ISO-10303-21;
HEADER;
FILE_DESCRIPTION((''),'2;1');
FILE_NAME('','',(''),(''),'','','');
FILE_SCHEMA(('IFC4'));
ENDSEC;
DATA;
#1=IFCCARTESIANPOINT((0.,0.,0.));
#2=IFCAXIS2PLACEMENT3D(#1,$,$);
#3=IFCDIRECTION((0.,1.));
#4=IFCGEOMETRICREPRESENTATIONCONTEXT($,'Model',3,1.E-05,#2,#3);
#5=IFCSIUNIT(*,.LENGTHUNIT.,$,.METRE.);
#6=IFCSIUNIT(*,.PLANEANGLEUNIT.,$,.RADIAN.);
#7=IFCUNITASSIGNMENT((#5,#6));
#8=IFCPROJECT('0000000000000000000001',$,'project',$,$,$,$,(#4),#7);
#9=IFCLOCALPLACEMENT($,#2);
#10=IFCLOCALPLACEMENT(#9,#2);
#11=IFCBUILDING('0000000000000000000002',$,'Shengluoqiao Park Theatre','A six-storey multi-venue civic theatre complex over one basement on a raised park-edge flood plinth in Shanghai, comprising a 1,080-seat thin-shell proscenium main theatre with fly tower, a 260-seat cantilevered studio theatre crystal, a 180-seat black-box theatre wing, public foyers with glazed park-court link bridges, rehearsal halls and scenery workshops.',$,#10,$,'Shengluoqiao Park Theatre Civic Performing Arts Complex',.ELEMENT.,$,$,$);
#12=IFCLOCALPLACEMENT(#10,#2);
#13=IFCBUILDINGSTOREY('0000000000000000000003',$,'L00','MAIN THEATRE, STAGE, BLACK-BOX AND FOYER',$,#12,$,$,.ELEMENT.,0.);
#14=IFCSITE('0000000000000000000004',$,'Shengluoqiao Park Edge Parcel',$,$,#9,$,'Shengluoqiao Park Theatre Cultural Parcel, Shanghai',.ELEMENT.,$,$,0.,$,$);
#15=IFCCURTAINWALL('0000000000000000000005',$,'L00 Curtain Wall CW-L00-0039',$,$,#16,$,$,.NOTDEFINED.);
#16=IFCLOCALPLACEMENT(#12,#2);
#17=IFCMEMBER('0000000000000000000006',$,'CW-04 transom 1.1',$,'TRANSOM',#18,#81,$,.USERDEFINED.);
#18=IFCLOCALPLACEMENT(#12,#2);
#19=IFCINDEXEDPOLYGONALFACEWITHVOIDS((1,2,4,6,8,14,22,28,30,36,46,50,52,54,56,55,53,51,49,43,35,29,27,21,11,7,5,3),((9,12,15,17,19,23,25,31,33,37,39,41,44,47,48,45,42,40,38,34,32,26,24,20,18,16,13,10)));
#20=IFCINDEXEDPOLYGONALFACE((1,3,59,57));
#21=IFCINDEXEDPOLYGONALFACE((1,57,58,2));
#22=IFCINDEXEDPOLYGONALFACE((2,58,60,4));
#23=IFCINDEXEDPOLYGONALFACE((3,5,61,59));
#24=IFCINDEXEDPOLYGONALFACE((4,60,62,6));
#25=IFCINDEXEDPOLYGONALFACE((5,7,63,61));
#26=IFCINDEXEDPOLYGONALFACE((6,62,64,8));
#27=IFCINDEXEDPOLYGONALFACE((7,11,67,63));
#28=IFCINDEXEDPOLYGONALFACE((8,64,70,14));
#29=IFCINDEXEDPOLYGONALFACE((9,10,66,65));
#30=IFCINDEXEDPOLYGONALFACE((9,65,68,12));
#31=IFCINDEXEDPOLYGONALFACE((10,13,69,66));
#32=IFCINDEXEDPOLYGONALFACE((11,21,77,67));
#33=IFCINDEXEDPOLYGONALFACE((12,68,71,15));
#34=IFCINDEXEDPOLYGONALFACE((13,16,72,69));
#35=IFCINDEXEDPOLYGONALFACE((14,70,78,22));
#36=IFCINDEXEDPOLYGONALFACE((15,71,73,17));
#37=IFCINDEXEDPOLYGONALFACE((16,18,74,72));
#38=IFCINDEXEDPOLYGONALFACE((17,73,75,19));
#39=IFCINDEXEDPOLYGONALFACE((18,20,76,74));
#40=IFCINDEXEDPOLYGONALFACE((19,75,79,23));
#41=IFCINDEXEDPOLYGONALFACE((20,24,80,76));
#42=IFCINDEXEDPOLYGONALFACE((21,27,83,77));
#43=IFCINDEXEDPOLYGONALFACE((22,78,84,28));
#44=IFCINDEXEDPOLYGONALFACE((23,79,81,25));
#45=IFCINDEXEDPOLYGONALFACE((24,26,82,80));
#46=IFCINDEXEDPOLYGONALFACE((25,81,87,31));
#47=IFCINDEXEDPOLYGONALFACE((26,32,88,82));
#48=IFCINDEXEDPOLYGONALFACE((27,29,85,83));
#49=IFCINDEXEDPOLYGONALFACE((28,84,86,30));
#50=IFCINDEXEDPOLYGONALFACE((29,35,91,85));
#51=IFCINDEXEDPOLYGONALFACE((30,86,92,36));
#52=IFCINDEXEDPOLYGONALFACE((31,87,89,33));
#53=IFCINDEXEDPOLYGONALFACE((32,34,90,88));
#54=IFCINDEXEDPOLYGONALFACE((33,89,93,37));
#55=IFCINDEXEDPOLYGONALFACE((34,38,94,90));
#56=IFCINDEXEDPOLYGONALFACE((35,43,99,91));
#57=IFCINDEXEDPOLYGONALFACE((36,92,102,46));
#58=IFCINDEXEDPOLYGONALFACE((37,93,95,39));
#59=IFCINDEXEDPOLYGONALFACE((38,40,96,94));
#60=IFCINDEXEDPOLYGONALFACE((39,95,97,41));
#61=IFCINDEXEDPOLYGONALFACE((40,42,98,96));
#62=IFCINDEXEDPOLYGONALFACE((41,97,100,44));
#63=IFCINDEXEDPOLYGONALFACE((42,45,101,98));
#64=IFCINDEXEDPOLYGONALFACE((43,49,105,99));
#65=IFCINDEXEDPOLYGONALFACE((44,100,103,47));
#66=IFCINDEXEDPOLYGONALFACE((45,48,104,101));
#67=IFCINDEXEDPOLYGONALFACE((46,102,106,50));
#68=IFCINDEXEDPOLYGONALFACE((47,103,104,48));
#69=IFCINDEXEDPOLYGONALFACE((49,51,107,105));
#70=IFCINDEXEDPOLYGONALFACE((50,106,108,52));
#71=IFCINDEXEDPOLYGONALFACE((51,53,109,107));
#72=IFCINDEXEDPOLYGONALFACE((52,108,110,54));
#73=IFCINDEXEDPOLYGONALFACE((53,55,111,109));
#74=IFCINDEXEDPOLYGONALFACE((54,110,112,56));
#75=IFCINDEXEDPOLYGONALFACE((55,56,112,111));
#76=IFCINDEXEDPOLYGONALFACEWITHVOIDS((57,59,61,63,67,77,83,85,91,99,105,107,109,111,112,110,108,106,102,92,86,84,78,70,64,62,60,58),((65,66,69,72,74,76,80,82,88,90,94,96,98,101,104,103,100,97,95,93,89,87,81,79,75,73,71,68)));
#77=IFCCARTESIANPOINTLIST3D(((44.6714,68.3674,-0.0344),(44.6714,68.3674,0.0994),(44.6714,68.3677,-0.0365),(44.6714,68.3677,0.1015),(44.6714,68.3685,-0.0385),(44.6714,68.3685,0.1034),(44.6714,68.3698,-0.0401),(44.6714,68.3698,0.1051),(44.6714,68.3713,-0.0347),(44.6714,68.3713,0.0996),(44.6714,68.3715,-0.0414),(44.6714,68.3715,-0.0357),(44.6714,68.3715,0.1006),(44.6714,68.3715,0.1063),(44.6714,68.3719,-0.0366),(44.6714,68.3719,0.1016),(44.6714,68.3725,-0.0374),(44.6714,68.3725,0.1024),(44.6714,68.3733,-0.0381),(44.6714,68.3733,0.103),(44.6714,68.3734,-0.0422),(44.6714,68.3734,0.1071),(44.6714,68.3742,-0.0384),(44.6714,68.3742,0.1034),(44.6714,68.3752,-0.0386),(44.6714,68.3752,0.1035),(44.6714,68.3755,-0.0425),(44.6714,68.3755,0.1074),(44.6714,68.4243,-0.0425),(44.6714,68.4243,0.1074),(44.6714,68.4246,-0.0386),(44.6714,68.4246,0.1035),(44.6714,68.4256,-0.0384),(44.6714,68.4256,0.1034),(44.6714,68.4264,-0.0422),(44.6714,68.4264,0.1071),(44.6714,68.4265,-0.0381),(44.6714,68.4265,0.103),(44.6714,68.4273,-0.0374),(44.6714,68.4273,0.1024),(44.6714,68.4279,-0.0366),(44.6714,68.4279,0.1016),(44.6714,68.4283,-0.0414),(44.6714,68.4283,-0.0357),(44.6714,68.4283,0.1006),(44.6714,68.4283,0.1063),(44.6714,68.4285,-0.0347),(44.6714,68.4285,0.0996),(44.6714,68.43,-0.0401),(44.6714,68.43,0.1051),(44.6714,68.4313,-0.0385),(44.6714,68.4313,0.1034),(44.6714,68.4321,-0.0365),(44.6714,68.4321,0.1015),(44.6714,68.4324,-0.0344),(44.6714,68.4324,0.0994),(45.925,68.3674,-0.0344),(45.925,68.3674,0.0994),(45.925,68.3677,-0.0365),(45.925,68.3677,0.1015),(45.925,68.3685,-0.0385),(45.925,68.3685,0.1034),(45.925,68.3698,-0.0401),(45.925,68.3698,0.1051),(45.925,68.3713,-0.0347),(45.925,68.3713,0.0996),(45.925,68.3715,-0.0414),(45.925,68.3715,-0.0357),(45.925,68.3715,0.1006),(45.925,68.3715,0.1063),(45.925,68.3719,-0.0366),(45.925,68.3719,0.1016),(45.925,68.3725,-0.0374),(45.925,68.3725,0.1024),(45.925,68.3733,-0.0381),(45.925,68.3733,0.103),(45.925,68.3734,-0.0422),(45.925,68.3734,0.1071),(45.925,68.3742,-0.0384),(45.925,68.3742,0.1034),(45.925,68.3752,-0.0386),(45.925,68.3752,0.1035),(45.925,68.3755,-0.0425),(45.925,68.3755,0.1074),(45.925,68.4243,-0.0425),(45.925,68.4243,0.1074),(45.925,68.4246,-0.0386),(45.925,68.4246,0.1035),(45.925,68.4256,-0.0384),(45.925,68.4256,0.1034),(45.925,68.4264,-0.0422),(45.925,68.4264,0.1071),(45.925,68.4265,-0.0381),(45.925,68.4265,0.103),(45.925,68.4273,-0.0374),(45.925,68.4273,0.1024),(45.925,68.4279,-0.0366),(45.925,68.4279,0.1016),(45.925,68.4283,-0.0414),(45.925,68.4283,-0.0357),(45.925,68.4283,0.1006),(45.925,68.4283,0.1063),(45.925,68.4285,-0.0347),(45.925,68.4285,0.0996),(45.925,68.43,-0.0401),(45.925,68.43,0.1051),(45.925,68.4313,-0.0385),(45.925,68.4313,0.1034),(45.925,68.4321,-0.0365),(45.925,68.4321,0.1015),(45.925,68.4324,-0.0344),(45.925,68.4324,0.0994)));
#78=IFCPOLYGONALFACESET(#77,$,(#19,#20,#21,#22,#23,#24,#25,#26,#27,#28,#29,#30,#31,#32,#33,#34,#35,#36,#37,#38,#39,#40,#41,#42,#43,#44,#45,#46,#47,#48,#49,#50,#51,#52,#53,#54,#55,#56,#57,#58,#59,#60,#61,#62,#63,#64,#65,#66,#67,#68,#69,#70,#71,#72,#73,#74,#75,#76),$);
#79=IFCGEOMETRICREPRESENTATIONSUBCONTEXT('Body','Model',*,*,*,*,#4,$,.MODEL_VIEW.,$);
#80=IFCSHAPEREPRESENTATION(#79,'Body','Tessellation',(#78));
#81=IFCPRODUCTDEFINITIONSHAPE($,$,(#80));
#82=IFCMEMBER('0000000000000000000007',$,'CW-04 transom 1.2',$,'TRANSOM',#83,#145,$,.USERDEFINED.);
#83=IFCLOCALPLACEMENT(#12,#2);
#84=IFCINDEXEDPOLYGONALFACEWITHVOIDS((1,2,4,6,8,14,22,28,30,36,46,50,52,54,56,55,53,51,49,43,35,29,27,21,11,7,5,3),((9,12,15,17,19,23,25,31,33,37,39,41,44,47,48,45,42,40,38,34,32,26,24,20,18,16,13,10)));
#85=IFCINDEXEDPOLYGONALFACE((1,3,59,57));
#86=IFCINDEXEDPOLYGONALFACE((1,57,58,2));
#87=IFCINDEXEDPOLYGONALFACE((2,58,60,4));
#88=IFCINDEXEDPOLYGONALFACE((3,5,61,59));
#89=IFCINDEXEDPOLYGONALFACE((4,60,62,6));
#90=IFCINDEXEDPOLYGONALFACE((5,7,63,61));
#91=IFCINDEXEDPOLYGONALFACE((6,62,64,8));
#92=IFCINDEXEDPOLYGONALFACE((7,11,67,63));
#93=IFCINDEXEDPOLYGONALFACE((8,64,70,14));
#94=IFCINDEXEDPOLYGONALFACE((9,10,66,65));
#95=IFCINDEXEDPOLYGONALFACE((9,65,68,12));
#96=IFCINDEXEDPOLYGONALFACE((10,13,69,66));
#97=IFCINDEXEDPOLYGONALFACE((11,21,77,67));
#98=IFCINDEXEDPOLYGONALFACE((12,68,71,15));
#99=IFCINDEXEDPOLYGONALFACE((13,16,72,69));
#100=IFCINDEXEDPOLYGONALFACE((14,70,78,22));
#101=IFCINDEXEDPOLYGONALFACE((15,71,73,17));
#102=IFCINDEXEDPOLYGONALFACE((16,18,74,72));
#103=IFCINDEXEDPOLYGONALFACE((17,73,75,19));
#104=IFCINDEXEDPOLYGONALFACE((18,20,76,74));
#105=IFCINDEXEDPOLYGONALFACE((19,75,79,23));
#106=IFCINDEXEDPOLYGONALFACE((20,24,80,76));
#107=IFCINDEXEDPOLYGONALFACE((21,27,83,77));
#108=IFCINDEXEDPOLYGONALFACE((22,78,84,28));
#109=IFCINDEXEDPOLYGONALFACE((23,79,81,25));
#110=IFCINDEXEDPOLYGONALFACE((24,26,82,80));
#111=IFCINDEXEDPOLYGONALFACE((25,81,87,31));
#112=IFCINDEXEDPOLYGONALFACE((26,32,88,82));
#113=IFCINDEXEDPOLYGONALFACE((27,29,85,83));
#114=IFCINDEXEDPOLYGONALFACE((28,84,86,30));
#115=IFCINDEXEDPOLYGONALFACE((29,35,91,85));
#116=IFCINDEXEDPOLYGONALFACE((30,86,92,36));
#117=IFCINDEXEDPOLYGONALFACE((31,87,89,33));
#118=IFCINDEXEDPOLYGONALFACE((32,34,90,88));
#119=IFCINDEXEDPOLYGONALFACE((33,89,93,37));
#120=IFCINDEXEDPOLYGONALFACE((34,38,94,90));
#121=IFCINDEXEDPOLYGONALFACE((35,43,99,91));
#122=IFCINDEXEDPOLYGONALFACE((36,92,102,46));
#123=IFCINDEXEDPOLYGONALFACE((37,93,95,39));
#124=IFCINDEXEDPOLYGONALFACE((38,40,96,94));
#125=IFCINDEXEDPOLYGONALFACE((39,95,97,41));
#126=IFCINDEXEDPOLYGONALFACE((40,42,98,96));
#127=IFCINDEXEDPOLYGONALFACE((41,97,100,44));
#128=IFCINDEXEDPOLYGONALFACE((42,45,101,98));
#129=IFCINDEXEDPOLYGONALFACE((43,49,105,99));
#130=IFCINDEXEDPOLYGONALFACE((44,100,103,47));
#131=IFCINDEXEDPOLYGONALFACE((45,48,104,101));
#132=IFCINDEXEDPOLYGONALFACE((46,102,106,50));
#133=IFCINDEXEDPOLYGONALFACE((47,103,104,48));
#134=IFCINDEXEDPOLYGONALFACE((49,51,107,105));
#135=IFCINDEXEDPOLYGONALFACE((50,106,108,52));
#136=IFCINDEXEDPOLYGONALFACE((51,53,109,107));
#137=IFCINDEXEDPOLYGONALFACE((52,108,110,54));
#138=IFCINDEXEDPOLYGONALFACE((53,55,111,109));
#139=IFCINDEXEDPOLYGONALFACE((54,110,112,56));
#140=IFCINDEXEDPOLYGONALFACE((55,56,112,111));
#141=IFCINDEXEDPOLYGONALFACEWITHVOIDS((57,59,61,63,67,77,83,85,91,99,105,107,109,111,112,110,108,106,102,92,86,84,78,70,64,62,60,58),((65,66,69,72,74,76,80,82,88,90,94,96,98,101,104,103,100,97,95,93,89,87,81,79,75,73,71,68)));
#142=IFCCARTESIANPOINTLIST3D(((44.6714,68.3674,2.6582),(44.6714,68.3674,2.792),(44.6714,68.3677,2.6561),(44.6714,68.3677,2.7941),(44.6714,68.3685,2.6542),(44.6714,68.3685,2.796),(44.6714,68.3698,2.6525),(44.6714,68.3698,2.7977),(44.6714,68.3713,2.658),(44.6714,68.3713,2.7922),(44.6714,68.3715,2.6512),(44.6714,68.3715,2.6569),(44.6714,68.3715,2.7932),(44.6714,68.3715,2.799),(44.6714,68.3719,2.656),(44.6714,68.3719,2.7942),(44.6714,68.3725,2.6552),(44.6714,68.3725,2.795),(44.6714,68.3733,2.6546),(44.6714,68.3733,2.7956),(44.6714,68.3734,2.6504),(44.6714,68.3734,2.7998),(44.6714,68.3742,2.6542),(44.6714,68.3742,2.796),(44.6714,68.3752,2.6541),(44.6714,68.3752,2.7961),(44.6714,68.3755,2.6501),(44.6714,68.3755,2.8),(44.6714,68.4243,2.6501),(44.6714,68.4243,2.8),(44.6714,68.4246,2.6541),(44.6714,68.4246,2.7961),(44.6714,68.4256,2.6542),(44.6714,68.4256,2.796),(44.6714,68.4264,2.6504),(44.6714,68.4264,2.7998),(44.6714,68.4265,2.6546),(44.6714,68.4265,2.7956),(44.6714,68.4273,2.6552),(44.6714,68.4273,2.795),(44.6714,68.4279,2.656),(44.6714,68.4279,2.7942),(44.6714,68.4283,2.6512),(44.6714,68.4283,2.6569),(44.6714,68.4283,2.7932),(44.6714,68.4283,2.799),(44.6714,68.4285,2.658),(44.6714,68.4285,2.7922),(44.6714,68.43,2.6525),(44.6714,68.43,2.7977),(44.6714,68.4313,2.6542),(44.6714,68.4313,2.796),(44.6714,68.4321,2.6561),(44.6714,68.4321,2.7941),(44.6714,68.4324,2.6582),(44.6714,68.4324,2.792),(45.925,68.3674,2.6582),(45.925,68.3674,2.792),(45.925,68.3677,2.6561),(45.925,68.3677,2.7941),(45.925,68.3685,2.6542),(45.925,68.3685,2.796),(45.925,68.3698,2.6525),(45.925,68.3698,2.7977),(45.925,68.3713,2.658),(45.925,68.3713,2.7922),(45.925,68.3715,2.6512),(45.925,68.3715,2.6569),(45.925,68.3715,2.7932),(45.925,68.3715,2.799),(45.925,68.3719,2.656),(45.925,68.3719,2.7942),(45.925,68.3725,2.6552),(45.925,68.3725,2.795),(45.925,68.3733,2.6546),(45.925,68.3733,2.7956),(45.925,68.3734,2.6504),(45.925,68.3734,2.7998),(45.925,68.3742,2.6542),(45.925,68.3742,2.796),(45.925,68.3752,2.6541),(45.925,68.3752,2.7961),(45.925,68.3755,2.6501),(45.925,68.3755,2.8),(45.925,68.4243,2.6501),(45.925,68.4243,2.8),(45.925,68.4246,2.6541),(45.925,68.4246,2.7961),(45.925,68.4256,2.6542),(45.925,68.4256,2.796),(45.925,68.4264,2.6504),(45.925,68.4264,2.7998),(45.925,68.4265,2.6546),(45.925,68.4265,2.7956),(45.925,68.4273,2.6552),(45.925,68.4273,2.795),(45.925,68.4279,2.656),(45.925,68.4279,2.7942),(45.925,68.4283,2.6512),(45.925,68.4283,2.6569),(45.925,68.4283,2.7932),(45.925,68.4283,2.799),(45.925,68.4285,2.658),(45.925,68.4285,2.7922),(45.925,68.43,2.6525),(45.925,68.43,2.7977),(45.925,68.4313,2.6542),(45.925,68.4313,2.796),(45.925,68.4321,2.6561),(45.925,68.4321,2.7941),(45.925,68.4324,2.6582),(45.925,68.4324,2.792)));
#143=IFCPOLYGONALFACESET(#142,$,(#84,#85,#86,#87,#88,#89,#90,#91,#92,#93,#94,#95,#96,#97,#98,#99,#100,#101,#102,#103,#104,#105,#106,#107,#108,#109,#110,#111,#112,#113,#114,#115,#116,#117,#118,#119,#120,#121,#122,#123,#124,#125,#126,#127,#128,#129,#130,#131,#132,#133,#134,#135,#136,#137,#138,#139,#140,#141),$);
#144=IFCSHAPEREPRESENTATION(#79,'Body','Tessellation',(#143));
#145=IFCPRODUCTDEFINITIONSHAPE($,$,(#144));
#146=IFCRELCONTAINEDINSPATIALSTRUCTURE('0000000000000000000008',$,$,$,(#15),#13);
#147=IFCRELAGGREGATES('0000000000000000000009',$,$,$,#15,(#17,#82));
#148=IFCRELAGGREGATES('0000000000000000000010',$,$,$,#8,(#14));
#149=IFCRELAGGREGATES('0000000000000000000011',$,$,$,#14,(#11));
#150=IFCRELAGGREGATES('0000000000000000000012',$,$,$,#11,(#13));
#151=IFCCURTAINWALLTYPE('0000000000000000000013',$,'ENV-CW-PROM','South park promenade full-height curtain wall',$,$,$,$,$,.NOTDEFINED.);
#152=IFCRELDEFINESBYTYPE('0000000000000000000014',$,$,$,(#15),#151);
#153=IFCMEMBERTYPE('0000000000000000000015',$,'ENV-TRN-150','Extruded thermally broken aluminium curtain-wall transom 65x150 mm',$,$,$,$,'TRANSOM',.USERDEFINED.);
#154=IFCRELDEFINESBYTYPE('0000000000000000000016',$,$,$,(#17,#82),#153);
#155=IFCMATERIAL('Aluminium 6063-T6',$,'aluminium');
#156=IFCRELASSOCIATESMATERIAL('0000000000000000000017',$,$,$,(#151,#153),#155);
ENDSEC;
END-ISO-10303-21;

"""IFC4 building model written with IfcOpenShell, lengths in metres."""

from ifc_helpers import new_model, si_unit, direction, frame, origin, origin_2d, place, context, subcontext, project, spatial, hollow_rectangle, extrude, material, material_profile, profile_set, type_object, element, aggregate, save


model = new_model("IFC4")

# Units and contexts
model_context = context("Model", 3, precision=1e-05, world=origin(), true_north=direction((0.0, 1.0)))
body_context = subcontext(model_context, "Body", "Model", "MODEL_VIEW")
ifc_project = project(units=[si_unit("LENGTHUNIT", "METRE"), si_unit("PLANEANGLEUNIT", "RADIAN")], contexts=[model_context])

# Site, building, storey
site_placement = place(None, origin())
site = spatial("IfcSite", under=ifc_project, at=site_placement, Name="Shengluoqiao Park Edge Parcel", LongName="Shengluoqiao Park Theatre Cultural Parcel, Shanghai", CompositionType="ELEMENT", RefElevation=0.0)
building_placement = place(site_placement, origin())
building = spatial("IfcBuilding", under=site, at=building_placement, Name="Shengluoqiao Park Theatre", Description="A six-storey multi-venue civic theatre complex over one basement on a raised park-edge flood plinth in Shanghai, comprising a 1,080-seat thin-shell proscenium main theatre with fly tower, a 260-seat cantilevered studio theatre crystal, a 180-seat black-box theatre wing, public foyers with glazed park-court link bridges, rehearsal halls and scenery workshops.", LongName="Shengluoqiao Park Theatre Civic Performing Arts Complex", CompositionType="ELEMENT")
storey_placement = place(building_placement, origin())
storey = spatial("IfcBuildingStorey", under=building, at=storey_placement, Name="L00", Description="MAIN THEATRE, STAGE, BLACK-BOX AND FOYER", CompositionType="ELEMENT", Elevation=0.0)

# Curtain wall, members
ifc_material_1 = material(Name="Aluminium 6063-T6", Category="aluminium")
curtain_wall_type = type_object("IfcCurtainWallType", Name="ENV-CW-PROM", Description="South park promenade full-height curtain wall", PredefinedType="NOTDEFINED", material=ifc_material_1)
curtain_wall_placement = place(storey_placement, origin())
curtain_wall = element("IfcCurtainWall", 1, at=curtain_wall_placement, inside=storey, type_object=curtain_wall_type, Name="L00 Curtain Wall CW-L00-0039", PredefinedType="NOTDEFINED")
ifc_material_profile_1 = material_profile(ifc_material_1, hollow_rectangle(XDim=0.0649, YDim=0.1499, WallThickness=0.0039, InnerFilletRadius=0.0039, OuterFilletRadius=0.0081, at=origin_2d()), Name="ALU TRANSOM 150x65x4")
ifc_profile_set_1 = profile_set([ifc_material_profile_1], Name="Aluminium 6063-T6")
member_type_1 = type_object("IfcMemberType", Name="ENV-TRN-150", Description="Extruded thermally broken aluminium curtain-wall transom 65x150 mm", ElementType="TRANSOM", PredefinedType="USERDEFINED", material=ifc_profile_set_1)
member_1_placement = place(storey_placement, frame((44.6714, 68.3999, 0.0325), z_axis=(1.0, 0.0, 0.0), x_axis=(0.0, 1.0, 0.0)))
member_1 = element("IfcMember", 2, at=member_1_placement, type_object=member_type_1, Name="CW-04 transom 1.1", ObjectType="TRANSOM", PredefinedType="USERDEFINED", context=body_context, shape_type="SweptSolid", body=[
    extrude(hollow_rectangle(XDim=0.0649, YDim=0.1499, WallThickness=0.0039, InnerFilletRadius=0.0039, OuterFilletRadius=0.0081, at=origin_2d()), origin(), (0.0, 0.0, 1.0), 1.2537),
])
member_2_placement = place(storey_placement, frame((44.6714, 68.3999, 2.7251), z_axis=(1.0, 0.0, 0.0), x_axis=(0.0, 1.0, 0.0)))
member_2 = element("IfcMember", 3, at=member_2_placement, type_object=member_type_1, Name="CW-04 transom 1.2", ObjectType="TRANSOM", PredefinedType="USERDEFINED", context=body_context, shape_type="SweptSolid", body=[
    extrude(hollow_rectangle(XDim=0.0649, YDim=0.1499, WallThickness=0.0039, InnerFilletRadius=0.0039, OuterFilletRadius=0.0081, at=origin_2d()), origin(), (0.0, 0.0, 1.0), 1.2537),
])
aggregate(curtain_wall, [member_1, member_2])

save(model, "model.ifc")
